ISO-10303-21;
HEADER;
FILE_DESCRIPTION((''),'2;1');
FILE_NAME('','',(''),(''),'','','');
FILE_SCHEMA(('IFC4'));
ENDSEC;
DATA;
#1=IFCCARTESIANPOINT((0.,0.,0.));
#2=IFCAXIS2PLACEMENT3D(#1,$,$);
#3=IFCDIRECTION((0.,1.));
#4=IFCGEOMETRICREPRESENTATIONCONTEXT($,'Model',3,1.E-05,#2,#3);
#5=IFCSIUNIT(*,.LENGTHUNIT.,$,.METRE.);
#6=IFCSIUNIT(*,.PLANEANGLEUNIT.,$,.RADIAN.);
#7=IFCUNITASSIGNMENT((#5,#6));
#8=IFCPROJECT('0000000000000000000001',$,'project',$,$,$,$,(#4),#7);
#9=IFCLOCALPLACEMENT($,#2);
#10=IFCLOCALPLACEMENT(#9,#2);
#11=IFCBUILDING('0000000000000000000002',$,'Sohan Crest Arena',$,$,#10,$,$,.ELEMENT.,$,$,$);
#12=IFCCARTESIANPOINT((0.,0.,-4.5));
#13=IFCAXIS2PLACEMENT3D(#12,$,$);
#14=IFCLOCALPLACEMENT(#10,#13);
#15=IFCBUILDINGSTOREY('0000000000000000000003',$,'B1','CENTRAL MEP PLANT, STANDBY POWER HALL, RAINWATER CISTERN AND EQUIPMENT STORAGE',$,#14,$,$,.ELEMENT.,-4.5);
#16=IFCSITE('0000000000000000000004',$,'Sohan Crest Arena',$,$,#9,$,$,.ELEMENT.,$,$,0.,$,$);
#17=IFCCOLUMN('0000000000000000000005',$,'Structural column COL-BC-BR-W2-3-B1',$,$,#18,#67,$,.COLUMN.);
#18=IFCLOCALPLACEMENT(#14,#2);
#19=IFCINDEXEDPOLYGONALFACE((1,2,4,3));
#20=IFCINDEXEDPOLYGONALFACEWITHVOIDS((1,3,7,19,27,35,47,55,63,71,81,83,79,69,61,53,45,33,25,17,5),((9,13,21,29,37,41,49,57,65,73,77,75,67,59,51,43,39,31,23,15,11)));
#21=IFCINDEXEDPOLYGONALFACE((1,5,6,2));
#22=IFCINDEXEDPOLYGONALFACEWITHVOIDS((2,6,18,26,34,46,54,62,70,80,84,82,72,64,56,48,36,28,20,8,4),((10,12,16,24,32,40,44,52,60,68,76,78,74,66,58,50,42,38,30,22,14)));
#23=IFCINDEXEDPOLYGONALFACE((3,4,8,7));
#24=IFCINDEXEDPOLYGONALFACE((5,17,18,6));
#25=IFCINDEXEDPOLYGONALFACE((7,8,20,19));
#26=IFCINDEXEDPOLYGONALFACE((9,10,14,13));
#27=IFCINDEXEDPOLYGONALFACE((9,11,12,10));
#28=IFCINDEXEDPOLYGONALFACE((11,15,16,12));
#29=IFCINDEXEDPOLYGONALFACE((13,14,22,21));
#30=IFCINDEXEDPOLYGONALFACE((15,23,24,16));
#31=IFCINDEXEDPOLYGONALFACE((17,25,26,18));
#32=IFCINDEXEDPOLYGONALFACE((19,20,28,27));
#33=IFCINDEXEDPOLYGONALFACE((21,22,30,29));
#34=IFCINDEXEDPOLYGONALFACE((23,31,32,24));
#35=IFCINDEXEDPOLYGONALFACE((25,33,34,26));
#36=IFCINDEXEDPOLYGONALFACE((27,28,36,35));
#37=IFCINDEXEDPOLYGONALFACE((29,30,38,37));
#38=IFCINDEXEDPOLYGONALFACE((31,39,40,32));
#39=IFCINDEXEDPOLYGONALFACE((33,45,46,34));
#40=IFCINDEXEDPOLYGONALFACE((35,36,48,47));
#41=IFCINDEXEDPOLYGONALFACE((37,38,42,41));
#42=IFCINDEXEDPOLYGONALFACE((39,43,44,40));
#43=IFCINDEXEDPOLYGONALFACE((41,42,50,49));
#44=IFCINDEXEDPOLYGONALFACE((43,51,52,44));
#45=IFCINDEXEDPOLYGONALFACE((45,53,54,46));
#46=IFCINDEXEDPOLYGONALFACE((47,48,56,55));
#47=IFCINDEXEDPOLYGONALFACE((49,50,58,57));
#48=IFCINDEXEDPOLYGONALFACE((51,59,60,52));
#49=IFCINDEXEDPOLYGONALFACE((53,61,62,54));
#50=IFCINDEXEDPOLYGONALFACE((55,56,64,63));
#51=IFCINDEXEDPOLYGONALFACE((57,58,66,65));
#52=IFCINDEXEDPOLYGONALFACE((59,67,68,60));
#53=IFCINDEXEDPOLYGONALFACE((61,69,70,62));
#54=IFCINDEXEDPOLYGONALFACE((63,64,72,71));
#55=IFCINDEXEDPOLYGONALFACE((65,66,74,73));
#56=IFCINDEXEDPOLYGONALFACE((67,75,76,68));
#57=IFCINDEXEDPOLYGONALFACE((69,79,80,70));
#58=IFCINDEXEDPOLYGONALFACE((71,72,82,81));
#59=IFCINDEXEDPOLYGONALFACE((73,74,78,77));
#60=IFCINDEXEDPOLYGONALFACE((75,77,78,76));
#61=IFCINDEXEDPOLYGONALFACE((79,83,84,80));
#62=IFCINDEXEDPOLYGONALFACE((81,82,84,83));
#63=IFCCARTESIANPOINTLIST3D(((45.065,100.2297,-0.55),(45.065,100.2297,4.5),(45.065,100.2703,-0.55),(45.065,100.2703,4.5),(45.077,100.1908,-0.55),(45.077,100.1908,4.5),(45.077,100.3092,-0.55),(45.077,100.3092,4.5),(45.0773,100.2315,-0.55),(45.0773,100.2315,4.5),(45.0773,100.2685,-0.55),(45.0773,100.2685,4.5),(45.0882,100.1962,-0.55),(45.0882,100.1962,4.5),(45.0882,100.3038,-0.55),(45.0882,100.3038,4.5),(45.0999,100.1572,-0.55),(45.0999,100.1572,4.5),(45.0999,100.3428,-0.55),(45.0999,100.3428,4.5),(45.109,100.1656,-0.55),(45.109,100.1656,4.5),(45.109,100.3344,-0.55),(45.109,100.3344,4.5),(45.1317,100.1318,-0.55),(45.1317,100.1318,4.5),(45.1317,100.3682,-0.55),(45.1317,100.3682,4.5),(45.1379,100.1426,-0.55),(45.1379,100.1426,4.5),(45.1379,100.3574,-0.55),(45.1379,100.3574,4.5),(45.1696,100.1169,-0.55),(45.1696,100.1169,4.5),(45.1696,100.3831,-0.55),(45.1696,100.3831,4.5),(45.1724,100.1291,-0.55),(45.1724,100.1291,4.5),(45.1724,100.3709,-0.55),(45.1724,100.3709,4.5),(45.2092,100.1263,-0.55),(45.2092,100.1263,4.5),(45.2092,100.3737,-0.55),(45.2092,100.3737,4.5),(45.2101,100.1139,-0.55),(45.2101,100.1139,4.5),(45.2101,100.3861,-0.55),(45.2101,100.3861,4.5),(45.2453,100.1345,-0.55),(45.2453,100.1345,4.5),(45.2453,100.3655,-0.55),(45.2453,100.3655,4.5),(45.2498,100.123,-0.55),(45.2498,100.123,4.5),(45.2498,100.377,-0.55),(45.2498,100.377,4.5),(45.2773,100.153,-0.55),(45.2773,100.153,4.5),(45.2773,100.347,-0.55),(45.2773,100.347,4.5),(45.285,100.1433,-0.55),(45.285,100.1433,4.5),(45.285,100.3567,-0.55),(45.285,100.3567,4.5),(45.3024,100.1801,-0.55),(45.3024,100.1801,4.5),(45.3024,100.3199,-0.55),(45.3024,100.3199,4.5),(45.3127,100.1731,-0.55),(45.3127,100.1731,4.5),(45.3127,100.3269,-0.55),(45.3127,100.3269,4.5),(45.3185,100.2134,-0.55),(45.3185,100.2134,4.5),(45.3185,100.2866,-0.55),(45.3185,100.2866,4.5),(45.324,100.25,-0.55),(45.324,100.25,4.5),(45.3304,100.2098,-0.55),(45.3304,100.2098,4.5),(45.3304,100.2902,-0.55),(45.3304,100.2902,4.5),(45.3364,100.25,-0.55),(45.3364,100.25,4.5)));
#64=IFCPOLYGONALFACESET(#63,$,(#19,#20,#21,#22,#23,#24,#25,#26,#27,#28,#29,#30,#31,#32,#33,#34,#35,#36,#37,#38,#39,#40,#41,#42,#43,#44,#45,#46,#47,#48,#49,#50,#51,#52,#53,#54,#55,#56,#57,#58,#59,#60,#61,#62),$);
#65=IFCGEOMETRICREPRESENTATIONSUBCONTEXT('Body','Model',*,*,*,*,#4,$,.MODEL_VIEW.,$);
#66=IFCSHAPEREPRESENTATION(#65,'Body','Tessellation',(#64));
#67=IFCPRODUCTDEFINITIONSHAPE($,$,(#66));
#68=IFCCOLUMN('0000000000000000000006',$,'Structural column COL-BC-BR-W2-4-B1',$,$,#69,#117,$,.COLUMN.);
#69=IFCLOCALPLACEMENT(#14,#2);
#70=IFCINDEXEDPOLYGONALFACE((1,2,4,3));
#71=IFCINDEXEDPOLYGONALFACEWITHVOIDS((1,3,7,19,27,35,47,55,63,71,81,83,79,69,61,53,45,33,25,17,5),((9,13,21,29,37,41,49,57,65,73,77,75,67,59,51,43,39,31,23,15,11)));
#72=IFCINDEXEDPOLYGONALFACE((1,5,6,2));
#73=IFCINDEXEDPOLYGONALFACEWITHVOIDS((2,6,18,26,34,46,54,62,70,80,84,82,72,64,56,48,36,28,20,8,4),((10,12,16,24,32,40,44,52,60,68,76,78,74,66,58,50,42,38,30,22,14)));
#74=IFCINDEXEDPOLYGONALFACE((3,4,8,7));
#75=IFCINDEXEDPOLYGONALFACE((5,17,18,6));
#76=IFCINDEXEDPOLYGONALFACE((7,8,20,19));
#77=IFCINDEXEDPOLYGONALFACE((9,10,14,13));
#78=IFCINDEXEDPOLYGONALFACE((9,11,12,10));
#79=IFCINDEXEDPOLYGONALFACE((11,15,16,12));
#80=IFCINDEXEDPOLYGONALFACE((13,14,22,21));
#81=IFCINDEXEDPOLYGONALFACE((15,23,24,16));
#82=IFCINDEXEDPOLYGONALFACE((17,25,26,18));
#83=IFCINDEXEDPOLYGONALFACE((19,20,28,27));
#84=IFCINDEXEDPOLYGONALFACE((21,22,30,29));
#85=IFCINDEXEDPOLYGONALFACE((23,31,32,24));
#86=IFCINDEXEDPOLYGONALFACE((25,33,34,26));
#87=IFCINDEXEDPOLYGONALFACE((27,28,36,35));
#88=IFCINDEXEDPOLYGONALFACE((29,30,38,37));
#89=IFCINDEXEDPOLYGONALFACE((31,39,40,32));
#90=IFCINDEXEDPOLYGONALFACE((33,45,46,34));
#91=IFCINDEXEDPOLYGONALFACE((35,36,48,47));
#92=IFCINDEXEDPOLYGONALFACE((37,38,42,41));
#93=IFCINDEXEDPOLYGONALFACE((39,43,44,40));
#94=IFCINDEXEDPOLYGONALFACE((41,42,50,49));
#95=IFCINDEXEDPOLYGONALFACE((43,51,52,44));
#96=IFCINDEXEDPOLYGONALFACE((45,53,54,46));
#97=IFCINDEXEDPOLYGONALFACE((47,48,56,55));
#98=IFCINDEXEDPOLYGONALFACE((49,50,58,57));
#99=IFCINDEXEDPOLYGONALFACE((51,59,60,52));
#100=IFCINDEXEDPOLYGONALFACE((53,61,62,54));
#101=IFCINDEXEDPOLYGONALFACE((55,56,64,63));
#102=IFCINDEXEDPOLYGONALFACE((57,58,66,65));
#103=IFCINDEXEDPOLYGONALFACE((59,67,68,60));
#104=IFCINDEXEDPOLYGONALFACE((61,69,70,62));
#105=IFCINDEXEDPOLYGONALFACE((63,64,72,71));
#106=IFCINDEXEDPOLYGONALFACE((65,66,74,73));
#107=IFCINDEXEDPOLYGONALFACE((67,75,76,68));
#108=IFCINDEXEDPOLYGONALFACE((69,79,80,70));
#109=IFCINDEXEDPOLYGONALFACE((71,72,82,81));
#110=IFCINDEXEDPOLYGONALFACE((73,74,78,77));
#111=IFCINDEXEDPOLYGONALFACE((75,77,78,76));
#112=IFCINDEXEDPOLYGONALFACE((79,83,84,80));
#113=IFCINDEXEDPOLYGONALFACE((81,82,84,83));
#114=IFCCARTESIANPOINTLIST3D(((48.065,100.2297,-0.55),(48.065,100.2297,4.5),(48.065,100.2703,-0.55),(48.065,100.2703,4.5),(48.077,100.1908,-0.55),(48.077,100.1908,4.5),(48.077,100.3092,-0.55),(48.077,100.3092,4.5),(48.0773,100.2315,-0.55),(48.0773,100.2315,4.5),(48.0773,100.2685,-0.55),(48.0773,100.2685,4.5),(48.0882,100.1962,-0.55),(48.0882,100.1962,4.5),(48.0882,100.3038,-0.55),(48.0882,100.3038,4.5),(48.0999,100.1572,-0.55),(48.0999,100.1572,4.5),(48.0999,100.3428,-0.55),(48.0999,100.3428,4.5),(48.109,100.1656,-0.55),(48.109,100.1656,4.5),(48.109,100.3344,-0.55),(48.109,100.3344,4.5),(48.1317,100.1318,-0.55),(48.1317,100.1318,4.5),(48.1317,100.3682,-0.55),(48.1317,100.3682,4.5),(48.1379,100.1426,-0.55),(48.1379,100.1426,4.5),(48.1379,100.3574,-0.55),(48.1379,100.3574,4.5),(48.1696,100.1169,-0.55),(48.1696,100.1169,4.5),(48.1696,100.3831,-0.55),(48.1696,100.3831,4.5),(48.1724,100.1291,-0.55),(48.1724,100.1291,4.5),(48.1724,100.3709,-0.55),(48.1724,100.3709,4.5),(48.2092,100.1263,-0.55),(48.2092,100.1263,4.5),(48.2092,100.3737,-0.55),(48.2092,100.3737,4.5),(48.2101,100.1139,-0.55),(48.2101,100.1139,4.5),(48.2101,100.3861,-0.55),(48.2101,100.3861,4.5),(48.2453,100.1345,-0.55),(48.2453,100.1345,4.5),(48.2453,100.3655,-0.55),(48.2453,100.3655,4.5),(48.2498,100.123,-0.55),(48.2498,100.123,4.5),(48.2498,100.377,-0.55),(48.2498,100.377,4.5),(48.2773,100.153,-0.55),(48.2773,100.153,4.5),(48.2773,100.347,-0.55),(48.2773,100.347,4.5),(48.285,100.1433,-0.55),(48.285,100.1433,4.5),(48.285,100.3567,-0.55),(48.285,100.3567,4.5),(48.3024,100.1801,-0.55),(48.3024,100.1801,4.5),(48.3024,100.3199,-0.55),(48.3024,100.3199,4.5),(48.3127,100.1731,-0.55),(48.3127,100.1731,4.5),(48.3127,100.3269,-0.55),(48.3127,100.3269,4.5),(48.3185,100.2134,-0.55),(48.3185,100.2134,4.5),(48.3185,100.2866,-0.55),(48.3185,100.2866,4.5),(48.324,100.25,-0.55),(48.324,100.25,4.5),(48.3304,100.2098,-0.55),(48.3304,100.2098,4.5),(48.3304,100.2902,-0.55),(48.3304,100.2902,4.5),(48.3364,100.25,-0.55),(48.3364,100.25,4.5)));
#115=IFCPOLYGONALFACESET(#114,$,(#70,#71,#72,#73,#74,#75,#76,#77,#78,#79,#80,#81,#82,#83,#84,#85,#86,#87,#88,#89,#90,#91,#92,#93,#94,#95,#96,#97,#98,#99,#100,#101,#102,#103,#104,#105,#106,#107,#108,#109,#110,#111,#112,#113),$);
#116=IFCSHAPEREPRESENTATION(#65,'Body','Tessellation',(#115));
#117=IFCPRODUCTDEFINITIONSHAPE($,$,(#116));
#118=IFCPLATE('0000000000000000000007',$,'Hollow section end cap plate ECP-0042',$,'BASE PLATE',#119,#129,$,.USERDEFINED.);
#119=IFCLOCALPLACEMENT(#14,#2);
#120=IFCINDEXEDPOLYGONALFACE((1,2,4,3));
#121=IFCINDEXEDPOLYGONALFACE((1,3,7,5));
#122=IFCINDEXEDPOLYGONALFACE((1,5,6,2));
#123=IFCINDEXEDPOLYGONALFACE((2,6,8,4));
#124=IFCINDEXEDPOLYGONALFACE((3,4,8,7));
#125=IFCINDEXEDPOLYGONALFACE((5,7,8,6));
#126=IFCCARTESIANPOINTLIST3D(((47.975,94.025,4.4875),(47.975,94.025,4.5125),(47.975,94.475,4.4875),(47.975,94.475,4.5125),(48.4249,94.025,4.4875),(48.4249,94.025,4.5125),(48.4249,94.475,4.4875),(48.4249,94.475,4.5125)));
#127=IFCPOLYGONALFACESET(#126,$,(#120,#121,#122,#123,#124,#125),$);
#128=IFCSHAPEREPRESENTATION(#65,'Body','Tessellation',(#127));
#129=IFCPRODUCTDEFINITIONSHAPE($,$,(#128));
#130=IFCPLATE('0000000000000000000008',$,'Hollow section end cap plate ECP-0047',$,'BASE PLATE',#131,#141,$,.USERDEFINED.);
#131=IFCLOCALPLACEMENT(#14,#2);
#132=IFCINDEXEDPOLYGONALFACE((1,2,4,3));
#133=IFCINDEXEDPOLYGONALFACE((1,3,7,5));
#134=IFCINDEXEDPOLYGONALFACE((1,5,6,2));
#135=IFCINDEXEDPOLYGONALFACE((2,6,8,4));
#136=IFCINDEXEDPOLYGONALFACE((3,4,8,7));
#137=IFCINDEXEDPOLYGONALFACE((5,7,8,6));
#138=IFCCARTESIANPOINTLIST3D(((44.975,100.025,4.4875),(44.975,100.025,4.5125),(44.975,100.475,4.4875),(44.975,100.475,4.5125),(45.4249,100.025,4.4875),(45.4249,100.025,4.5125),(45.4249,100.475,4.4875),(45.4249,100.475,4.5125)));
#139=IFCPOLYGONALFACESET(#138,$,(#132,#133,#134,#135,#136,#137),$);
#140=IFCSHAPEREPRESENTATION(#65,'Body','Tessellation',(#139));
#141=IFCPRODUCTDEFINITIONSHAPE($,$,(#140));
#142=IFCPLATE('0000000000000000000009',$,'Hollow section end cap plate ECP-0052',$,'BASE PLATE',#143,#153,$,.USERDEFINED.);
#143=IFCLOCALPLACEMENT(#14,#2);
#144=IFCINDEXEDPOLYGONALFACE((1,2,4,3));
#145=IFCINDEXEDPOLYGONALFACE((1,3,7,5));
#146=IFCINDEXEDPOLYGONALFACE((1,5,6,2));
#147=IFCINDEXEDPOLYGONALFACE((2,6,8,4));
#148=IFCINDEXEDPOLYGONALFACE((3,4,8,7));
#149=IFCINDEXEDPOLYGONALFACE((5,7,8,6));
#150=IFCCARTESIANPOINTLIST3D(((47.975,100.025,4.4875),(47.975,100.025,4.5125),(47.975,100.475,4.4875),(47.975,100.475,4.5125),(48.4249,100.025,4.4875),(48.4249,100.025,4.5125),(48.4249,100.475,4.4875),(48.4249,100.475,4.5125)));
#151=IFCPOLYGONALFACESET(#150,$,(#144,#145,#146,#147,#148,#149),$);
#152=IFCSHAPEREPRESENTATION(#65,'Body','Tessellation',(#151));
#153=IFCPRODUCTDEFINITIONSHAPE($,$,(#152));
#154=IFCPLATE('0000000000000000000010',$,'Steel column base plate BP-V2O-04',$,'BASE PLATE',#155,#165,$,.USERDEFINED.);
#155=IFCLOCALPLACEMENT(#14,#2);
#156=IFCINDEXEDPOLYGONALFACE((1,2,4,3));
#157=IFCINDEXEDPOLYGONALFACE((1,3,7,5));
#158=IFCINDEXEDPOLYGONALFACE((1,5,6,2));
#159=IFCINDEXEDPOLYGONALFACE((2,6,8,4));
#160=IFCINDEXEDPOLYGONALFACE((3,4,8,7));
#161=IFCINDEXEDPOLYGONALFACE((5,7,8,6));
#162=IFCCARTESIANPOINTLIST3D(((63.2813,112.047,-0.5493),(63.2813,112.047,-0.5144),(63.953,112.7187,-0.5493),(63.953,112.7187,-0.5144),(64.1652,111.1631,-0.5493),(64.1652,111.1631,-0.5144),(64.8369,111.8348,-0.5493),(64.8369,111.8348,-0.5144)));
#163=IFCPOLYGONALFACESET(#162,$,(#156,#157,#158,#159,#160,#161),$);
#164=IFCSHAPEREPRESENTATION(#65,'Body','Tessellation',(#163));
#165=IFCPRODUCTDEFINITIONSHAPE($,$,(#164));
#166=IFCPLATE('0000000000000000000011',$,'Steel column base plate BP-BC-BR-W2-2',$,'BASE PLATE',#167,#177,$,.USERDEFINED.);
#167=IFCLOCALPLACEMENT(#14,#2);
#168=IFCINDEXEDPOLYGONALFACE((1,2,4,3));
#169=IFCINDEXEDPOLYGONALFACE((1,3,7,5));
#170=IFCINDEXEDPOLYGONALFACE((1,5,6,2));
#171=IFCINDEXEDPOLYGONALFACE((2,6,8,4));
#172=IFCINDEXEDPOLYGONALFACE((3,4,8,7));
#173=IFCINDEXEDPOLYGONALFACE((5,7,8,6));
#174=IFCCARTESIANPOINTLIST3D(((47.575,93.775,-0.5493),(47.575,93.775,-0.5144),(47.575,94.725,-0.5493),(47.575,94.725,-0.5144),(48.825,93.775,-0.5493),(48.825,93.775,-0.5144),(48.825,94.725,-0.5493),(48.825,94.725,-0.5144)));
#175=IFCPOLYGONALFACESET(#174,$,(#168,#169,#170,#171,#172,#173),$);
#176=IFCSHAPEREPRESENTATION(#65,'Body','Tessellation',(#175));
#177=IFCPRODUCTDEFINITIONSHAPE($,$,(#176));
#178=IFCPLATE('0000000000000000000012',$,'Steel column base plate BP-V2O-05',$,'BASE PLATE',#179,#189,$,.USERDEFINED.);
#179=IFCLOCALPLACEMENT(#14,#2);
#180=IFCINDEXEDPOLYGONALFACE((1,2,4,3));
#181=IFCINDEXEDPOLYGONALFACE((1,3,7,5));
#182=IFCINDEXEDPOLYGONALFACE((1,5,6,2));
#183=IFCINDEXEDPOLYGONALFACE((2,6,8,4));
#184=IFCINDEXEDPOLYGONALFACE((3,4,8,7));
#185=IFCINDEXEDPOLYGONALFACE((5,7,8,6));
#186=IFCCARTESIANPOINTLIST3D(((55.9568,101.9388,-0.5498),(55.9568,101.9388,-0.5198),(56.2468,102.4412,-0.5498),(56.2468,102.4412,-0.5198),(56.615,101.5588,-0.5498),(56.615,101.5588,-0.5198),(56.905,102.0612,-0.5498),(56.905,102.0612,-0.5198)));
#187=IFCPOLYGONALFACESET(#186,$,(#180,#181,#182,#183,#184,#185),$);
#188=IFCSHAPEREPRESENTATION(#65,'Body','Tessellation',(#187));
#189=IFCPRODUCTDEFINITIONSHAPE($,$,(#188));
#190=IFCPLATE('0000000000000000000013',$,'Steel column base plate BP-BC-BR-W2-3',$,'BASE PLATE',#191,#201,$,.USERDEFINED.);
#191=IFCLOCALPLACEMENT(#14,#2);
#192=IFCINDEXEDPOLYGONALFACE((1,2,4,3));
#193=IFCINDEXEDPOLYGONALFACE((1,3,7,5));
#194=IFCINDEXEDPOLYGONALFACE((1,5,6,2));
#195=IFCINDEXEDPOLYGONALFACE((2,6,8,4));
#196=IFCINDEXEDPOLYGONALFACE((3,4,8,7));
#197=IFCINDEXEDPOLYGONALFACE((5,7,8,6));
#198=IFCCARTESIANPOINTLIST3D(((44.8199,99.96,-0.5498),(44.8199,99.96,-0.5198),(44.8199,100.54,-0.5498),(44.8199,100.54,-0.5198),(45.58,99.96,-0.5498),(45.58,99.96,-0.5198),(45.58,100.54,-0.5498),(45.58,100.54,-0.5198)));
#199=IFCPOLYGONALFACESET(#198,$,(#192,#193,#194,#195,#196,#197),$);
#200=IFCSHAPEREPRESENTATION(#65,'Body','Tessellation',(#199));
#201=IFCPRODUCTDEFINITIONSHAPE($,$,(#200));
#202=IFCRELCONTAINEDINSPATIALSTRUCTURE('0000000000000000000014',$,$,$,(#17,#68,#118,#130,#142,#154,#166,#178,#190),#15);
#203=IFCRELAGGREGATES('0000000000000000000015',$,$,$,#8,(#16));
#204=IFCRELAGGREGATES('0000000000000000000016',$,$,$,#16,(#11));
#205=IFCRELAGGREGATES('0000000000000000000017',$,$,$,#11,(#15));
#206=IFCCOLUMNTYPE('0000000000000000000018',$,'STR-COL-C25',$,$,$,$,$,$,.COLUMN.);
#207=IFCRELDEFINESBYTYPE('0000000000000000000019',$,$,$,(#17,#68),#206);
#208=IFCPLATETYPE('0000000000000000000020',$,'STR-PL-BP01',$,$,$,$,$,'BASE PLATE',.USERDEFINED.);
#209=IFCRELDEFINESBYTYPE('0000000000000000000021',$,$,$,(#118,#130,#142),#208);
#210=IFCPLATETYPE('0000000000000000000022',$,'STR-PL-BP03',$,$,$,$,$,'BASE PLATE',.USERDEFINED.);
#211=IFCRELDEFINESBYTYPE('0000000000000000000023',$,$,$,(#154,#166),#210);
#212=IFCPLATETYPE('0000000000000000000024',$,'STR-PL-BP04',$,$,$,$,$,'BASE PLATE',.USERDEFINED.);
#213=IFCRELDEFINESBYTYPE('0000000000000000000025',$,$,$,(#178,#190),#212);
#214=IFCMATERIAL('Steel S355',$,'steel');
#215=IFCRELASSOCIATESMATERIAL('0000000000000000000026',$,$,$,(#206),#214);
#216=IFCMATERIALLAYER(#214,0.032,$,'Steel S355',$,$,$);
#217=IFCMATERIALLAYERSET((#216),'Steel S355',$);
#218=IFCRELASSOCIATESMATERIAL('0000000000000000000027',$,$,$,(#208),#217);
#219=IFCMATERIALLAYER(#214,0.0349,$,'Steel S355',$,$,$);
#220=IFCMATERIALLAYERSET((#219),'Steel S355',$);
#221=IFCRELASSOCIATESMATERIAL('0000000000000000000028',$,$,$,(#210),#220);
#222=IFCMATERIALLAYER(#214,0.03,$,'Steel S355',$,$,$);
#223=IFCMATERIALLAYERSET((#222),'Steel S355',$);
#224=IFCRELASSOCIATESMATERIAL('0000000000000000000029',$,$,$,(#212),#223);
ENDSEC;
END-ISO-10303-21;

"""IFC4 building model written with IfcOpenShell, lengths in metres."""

from ifc_helpers import new_model, si_unit, direction, frame, origin, origin_2d, place, context, subcontext, project, spatial, rectangle, hollow_circle, extrude, material, layer, layer_set, material_profile, profile_set, type_object, element, save


model = new_model("IFC4")

# Units and contexts
model_context = context("Model", 3, precision=1e-05, world=origin(), true_north=direction((0.0, 1.0)))
body_context = subcontext(model_context, "Body", "Model", "MODEL_VIEW")
ifc_project = project(units=[si_unit("LENGTHUNIT", "METRE"), si_unit("PLANEANGLEUNIT", "RADIAN")], contexts=[model_context])

# Site, building, storey
site_placement = place(None, origin())
site = spatial("IfcSite", under=ifc_project, at=site_placement, Name="Sohan Crest Arena", CompositionType="ELEMENT", RefElevation=0.0)
building_placement = place(site_placement, origin())
building = spatial("IfcBuilding", under=site, at=building_placement, Name="Sohan Crest Arena", CompositionType="ELEMENT")
storey_placement = place(building_placement, frame((0.0, 0.0, -4.5)))
storey = spatial("IfcBuildingStorey", under=building, at=storey_placement, Name="B1", Description="CENTRAL MEP PLANT, STANDBY POWER HALL, RAINWATER CISTERN AND EQUIPMENT STORAGE", CompositionType="ELEMENT", Elevation=-4.5)

# Columns
ifc_material_1 = material(Name="Steel S355", Category="steel")
ifc_material_profile_1 = material_profile(ifc_material_1, hollow_circle(Radius=0.1365, WallThickness=0.0125, at=origin_2d()), Name="CHS 273x12.5")
ifc_profile_set_1 = profile_set([ifc_material_profile_1], Name="Steel S355")
column_type_1 = type_object("IfcColumnType", Name="STR-COL-C25", PredefinedType="COLUMN", material=ifc_profile_set_1)
for number, where, z_axis, x_axis, name in (
    (1, (45.2, 100.25, -0.55), (0.0, 0.0, 1.0), (1.0, 0.0, 0.0), "Structural column COL-BC-BR-W2-3-B1"),
    (2, (48.2, 100.25, -0.55), (0.0, 0.0, 1.0), (1.0, 0.0, 0.0), "Structural column COL-BC-BR-W2-4-B1"),
):
    element("IfcColumn", number, at=place(storey_placement, frame(where, z_axis=z_axis, x_axis=x_axis)), inside=storey, type_object=column_type_1, Name=name, PredefinedType="COLUMN", context=body_context, shape_type="SweptSolid", body=[
        extrude(hollow_circle(Radius=0.1365, WallThickness=0.0125, at=origin_2d()), origin(), (0.0, 0.0, 1.0), 5.05),
    ])

# Plates
ifc_layer_1 = layer(ifc_material_1, 0.032, Name="Steel S355")
ifc_layer_set_1 = layer_set([ifc_layer_1], Name="Steel S355")
plate_type_1 = type_object("IfcPlateType", Name="STR-PL-BP01", ElementType="BASE PLATE", PredefinedType="USERDEFINED", material=ifc_layer_set_1)
for number, where, z_axis, x_axis, name in (
    (3, (48.2, 94.25, 4.4875), (0.0, 0.0, 1.0), (1.0, 0.0, 0.0), "Hollow section end cap plate ECP-0042"),
    (4, (45.2, 100.25, 4.4875), (0.0, 0.0, 1.0), (1.0, 0.0, 0.0), "Hollow section end cap plate ECP-0047"),
    (5, (48.2, 100.25, 4.4875), (0.0, 0.0, 1.0), (1.0, 0.0, 0.0), "Hollow section end cap plate ECP-0052"),
):
    element("IfcPlate", number, at=place(storey_placement, frame(where, z_axis=z_axis, x_axis=x_axis)), inside=storey, type_object=plate_type_1, Name=name, ObjectType="BASE PLATE", PredefinedType="USERDEFINED", context=body_context, shape_type="SweptSolid", body=[
        extrude(rectangle(XDim=0.45, YDim=0.45, at=origin_2d()), origin(), (0.0, 0.0, 1.0), 0.0249),
    ])
ifc_layer_2 = layer(ifc_material_1, 0.0349, Name="Steel S355")
ifc_layer_set_2 = layer_set([ifc_layer_2], Name="Steel S355")
plate_type_2 = type_object("IfcPlateType", Name="STR-PL-BP03", ElementType="BASE PLATE", PredefinedType="USERDEFINED", material=ifc_layer_set_2)
for number, where, z_axis, x_axis, name in (
    (6, (64.0591, 111.9409, -0.5493), (0.0, 0.0, 1.0), (-0.707107, 0.707107, 0.0), "Steel column base plate BP-V2O-04"),
    (7, (48.2, 94.25, -0.5493), (0.0, 0.0, 1.0), (1.0, 0.0, 0.0), "Steel column base plate BP-BC-BR-W2-2"),
):
    element("IfcPlate", number, at=place(storey_placement, frame(where, z_axis=z_axis, x_axis=x_axis)), inside=storey, type_object=plate_type_2, Name=name, ObjectType="BASE PLATE", PredefinedType="USERDEFINED", context=body_context, shape_type="SweptSolid", body=[
        extrude(rectangle(XDim=1.25, YDim=0.95, at=origin_2d()), origin(), (0.0, 0.0, 1.0), 0.0349),
    ])
ifc_layer_3 = layer(ifc_material_1, 0.03, Name="Steel S355")
ifc_layer_set_3 = layer_set([ifc_layer_3], Name="Steel S355")
plate_type_3 = type_object("IfcPlateType", Name="STR-PL-BP04", ElementType="BASE PLATE", PredefinedType="USERDEFINED", material=ifc_layer_set_3)
for number, where, z_axis, x_axis, name in (
    (8, (56.4309, 102.0, -0.5498), (0.0, 0.0, 1.0), (-0.866025, 0.5, 0.0), "Steel column base plate BP-V2O-05"),
    (9, (45.2, 100.25, -0.5498), (0.0, 0.0, 1.0), (1.0, 0.0, 0.0), "Steel column base plate BP-BC-BR-W2-3"),
):
    element("IfcPlate", number, at=place(storey_placement, frame(where, z_axis=z_axis, x_axis=x_axis)), inside=storey, type_object=plate_type_3, Name=name, ObjectType="BASE PLATE", PredefinedType="USERDEFINED", context=body_context, shape_type="SweptSolid", body=[
        extrude(rectangle(XDim=0.76, YDim=0.5801, at=origin_2d()), origin(), (0.0, 0.0, 1.0), 0.03),
    ])

save(model, "model.ifc")
